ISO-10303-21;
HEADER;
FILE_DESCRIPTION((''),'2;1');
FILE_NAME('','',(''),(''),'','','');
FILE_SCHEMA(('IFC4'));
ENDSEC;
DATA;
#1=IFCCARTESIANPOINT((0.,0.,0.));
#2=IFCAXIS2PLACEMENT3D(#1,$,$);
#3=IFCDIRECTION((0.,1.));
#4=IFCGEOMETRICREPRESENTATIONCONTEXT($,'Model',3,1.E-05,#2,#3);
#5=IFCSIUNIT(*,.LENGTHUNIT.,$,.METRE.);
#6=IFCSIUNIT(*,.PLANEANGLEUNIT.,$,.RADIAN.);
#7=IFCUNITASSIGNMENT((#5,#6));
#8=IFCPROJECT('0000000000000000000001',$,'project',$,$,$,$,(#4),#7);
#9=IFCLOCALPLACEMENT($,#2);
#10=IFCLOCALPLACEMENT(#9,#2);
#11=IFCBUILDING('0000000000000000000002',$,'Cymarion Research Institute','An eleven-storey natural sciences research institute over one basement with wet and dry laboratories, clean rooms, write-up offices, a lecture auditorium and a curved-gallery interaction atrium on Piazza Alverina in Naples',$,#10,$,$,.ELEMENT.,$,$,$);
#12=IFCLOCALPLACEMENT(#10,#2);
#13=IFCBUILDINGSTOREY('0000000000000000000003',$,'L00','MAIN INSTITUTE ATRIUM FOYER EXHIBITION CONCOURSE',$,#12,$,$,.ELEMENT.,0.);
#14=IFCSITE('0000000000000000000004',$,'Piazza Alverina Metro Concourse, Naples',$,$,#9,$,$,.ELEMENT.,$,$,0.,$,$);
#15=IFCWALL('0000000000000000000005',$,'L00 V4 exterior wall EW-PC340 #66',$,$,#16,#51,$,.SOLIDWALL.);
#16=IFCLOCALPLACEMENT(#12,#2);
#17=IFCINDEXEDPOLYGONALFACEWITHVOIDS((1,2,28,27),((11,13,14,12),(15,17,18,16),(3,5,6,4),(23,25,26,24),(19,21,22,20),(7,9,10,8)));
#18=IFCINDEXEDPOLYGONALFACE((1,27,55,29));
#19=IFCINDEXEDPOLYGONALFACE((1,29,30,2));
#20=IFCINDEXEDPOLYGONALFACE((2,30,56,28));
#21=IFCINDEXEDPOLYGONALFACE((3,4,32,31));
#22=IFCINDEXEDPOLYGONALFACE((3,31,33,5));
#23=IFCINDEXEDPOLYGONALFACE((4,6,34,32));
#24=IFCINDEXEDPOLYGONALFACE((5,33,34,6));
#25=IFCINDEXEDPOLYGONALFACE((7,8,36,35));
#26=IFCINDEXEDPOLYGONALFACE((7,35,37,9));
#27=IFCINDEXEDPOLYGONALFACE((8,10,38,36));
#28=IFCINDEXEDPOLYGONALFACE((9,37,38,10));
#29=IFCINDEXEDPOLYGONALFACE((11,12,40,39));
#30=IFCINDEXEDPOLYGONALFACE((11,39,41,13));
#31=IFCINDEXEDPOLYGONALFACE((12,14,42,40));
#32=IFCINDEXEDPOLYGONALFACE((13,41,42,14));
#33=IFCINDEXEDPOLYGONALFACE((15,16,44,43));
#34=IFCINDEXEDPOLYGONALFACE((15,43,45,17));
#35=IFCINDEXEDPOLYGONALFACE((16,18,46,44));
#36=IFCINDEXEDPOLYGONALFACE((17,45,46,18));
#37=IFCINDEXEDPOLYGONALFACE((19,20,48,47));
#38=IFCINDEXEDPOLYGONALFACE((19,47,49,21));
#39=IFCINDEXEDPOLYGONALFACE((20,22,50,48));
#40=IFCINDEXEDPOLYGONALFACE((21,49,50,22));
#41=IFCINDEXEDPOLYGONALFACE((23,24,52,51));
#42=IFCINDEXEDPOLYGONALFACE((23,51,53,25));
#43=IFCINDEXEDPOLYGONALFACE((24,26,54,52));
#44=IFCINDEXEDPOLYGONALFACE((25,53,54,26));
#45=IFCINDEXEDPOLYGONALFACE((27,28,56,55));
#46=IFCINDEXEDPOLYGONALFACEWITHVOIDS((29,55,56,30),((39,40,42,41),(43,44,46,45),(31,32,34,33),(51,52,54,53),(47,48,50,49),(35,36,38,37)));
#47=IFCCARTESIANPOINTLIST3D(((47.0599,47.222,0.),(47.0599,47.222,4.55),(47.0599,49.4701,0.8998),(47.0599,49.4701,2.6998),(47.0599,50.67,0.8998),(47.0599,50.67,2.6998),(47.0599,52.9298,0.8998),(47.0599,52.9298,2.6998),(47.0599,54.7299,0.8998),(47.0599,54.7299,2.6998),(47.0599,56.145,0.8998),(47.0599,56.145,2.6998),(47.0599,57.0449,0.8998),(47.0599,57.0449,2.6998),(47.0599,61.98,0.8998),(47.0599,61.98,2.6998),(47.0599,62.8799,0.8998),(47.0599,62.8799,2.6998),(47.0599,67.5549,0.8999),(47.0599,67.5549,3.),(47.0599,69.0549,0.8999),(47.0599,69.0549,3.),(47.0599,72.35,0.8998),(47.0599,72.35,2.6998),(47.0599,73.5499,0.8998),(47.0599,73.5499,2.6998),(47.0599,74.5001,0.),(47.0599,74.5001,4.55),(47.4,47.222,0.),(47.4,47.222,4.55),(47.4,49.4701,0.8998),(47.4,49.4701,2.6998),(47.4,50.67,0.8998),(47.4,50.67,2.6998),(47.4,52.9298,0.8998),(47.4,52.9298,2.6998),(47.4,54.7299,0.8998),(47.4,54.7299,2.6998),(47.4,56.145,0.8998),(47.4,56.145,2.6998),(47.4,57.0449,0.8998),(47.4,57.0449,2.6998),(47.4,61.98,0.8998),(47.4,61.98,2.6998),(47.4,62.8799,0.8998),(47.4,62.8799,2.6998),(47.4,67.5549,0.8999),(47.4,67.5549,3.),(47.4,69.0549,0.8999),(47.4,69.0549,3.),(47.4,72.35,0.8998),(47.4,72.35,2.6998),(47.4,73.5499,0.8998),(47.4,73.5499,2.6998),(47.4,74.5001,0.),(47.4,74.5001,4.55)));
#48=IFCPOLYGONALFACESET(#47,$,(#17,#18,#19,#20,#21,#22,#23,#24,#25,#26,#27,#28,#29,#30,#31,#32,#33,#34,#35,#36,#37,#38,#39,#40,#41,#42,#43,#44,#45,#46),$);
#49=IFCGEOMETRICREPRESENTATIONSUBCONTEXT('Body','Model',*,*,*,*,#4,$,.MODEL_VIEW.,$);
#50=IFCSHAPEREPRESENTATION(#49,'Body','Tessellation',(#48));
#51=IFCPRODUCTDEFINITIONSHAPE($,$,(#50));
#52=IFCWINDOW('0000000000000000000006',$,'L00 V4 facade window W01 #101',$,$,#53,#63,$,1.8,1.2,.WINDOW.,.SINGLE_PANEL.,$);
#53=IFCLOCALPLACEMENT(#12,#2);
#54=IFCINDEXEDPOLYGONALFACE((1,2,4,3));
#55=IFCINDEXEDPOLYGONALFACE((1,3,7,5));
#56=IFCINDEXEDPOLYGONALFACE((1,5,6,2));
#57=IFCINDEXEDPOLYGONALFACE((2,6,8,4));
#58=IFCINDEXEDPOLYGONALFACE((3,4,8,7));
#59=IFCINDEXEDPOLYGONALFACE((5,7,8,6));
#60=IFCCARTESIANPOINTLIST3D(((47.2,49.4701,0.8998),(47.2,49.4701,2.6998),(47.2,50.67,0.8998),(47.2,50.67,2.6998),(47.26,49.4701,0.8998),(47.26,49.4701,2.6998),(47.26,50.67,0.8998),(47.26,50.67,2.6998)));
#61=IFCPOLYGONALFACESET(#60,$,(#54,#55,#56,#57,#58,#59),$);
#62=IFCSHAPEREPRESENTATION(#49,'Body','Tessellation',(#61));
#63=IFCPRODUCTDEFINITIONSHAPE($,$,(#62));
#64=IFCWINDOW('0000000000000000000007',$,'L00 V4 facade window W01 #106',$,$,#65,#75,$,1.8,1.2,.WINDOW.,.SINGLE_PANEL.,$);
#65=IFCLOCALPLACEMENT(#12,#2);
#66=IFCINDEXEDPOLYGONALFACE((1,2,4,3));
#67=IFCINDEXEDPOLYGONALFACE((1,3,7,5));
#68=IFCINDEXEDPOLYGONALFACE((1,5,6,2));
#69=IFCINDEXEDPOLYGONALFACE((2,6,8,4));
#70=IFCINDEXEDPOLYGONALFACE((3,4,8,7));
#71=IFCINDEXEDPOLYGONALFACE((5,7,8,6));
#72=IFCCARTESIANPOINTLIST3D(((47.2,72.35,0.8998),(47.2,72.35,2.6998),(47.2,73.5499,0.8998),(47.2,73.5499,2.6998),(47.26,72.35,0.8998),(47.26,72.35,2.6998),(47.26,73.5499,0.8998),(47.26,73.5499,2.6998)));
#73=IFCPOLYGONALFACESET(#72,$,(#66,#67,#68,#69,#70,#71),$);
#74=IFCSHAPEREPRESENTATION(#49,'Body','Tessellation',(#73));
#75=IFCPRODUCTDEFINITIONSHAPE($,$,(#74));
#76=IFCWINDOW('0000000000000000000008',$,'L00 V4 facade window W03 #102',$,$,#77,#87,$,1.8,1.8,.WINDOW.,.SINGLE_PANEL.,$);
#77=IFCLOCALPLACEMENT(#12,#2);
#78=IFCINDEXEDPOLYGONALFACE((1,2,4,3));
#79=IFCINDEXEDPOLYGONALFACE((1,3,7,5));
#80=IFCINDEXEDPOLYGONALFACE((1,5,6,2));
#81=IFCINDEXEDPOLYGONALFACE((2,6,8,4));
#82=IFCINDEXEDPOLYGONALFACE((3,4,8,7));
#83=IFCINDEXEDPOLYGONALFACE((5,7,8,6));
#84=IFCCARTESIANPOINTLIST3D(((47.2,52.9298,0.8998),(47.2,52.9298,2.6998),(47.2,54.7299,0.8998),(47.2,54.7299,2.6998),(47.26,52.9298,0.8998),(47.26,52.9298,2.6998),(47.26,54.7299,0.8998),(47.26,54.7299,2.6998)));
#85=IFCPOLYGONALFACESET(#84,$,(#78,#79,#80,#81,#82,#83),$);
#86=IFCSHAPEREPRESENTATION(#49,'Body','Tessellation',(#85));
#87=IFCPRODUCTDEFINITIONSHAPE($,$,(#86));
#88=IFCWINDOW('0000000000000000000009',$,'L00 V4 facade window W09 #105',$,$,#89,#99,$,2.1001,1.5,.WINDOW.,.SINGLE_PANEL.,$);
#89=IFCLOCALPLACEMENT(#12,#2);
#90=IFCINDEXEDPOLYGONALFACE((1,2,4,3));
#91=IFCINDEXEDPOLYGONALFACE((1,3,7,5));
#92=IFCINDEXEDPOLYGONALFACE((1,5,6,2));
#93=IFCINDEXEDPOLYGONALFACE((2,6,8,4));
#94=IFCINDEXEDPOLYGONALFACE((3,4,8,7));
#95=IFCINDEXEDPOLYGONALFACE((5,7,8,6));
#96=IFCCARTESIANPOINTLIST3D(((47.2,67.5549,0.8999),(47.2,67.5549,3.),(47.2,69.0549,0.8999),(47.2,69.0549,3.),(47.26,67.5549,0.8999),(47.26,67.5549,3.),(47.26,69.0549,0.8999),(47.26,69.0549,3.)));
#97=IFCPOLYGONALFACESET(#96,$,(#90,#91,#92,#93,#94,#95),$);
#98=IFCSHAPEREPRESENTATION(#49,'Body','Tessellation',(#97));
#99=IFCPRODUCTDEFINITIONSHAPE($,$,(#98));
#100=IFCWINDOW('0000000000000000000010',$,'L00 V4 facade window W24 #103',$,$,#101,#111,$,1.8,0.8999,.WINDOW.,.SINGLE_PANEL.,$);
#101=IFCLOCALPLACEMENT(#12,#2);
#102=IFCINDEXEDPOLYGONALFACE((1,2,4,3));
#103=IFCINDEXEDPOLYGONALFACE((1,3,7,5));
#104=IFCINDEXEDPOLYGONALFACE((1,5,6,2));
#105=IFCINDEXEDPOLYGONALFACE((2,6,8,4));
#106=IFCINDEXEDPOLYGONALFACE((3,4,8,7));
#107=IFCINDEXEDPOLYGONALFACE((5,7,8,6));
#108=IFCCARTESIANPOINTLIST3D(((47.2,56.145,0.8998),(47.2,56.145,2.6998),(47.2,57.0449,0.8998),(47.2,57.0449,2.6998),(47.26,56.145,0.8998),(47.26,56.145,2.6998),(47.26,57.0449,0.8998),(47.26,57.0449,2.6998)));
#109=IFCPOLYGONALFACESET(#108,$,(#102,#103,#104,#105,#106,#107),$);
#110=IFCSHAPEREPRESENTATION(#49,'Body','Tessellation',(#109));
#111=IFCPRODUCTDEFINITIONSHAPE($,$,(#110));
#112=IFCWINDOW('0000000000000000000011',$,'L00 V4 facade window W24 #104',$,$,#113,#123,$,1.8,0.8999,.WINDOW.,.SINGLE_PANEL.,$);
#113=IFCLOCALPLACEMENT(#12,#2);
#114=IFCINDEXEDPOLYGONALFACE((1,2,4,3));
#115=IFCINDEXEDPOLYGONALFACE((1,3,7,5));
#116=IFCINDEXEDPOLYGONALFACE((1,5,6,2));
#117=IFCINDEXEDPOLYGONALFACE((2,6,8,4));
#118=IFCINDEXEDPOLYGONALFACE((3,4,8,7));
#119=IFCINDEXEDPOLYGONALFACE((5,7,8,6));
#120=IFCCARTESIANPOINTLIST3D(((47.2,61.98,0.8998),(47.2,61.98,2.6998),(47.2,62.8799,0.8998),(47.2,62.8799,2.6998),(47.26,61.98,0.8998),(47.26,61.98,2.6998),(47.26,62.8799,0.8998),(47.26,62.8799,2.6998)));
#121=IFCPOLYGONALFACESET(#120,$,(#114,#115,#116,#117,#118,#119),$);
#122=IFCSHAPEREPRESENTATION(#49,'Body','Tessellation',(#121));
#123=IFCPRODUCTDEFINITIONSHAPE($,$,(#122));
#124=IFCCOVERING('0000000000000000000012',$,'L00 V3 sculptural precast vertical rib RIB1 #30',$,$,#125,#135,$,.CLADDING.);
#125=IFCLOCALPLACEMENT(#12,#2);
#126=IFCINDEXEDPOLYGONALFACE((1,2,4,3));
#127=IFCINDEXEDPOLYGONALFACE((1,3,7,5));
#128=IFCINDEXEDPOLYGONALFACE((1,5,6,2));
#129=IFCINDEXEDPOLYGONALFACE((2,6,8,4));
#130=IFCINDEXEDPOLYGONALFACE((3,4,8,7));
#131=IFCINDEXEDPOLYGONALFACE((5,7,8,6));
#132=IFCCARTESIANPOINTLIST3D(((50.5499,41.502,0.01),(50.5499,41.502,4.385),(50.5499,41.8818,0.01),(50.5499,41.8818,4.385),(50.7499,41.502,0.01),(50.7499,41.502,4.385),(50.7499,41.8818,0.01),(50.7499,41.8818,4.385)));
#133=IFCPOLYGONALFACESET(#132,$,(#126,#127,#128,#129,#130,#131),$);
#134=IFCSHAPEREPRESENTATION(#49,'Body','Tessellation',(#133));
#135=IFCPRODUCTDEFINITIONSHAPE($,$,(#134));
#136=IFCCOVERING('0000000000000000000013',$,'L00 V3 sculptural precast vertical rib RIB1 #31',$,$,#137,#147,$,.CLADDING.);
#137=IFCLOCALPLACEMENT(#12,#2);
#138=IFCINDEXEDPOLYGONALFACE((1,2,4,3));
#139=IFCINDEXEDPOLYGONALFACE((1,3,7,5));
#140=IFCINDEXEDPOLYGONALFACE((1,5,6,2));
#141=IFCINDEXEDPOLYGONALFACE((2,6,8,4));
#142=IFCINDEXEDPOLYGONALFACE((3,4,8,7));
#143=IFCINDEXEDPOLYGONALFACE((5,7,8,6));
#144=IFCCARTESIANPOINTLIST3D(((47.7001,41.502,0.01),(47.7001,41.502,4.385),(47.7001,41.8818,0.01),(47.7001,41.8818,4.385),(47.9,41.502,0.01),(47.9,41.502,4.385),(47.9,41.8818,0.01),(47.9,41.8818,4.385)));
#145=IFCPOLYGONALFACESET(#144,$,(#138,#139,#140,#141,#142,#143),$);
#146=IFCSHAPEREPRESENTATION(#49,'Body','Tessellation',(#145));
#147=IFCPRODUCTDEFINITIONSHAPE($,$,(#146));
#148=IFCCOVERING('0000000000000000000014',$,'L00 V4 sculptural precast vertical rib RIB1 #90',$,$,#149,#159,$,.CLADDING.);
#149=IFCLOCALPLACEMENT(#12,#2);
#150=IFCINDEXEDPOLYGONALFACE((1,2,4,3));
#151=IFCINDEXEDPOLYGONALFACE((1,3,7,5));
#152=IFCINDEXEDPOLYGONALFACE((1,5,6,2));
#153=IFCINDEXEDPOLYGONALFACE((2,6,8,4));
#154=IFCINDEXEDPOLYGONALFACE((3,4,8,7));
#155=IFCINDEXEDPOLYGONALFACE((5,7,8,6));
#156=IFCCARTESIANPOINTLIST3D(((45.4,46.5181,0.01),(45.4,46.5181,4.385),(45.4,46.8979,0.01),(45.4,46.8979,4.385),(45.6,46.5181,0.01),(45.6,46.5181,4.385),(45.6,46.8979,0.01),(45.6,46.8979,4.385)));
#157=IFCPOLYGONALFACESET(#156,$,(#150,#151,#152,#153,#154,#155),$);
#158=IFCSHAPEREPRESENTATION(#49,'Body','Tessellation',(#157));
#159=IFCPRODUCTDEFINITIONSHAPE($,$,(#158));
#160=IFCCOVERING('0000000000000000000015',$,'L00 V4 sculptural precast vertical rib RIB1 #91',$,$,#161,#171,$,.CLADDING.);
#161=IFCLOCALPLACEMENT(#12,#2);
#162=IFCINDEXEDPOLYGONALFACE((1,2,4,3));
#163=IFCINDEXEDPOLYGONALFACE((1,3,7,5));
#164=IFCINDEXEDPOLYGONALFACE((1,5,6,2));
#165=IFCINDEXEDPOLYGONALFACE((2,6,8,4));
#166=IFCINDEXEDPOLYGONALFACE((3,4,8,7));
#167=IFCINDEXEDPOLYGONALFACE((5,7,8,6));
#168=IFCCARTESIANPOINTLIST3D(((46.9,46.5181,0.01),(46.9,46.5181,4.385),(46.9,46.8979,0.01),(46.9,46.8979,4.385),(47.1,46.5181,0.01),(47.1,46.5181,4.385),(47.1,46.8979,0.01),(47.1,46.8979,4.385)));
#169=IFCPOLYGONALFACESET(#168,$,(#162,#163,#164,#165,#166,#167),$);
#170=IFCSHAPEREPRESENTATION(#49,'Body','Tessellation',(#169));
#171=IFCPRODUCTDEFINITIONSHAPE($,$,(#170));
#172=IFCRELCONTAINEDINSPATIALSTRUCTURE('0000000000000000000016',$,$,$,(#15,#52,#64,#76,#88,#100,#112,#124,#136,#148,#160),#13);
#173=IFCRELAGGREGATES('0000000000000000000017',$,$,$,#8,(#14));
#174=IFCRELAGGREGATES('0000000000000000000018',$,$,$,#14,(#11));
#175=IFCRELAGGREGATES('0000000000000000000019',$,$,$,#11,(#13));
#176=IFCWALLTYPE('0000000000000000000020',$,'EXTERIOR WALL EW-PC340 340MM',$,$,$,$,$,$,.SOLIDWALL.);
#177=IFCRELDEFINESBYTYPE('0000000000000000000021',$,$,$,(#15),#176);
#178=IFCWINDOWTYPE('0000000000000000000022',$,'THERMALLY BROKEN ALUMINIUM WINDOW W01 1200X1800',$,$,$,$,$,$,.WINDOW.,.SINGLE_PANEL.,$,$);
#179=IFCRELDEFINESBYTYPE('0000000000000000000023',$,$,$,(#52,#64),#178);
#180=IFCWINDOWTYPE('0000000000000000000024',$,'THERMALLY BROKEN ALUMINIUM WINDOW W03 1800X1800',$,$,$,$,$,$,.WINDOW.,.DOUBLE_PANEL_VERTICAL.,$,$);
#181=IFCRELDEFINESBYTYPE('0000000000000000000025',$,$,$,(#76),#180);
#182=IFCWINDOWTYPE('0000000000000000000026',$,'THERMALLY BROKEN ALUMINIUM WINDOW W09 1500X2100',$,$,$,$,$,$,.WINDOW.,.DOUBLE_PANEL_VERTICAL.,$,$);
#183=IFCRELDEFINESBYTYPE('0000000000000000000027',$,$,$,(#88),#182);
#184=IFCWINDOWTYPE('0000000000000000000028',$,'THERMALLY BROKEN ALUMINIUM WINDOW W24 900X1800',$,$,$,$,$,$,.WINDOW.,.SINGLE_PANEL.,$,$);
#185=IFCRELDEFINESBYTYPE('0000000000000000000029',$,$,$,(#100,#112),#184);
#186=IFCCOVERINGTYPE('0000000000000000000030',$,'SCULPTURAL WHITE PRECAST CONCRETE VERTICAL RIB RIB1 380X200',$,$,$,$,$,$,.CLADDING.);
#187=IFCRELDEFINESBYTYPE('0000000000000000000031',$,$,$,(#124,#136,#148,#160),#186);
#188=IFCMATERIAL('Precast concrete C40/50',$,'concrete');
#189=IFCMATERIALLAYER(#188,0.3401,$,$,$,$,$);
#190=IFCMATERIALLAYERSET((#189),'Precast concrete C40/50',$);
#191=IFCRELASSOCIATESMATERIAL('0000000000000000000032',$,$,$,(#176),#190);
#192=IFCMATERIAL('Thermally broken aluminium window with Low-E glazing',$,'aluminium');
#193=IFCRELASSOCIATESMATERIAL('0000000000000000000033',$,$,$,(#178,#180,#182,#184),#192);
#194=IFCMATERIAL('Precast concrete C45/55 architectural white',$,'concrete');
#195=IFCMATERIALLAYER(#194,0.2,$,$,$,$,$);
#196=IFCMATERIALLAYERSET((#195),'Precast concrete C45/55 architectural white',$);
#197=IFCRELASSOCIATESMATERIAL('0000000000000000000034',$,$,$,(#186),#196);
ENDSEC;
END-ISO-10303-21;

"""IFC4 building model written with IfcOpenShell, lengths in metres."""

from ifc_helpers import new_model, si_unit, direction, frame, frame_2d, origin, origin_2d, place, context, subcontext, project, spatial, rectangle, extrude, material, layer, layer_set, type_object, element, fill, save


model = new_model("IFC4")

# Units and contexts
model_context = context("Model", 3, precision=1e-05, world=origin(), true_north=direction((0.0, 1.0)))
body_context = subcontext(model_context, "Body", "Model", "MODEL_VIEW")
ifc_project = project(units=[si_unit("LENGTHUNIT", "METRE"), si_unit("PLANEANGLEUNIT", "RADIAN")], contexts=[model_context])

# Site, building, storey
site_placement = place(None, origin())
site = spatial("IfcSite", under=ifc_project, at=site_placement, Name="Piazza Alverina Metro Concourse, Naples", CompositionType="ELEMENT", RefElevation=0.0)
building_placement = place(site_placement, origin())
building = spatial("IfcBuilding", under=site, at=building_placement, Name="Cymarion Research Institute", Description="An eleven-storey natural sciences research institute over one basement with wet and dry laboratories, clean rooms, write-up offices, a lecture auditorium and a curved-gallery interaction atrium on Piazza Alverina in Naples", CompositionType="ELEMENT")
storey_placement = place(building_placement, origin())
storey = spatial("IfcBuildingStorey", under=building, at=storey_placement, Name="L00", Description="MAIN INSTITUTE ATRIUM FOYER EXHIBITION CONCOURSE", CompositionType="ELEMENT", Elevation=0.0)

# Wall, openings, windows
ifc_material_1 = material(Name="Precast concrete C40/50", Category="concrete")
ifc_layer_1 = layer(ifc_material_1, 0.3401)
ifc_layer_set_1 = layer_set([ifc_layer_1], Name="Precast concrete C40/50")
wall_type = type_object("IfcWallType", Name="EXTERIOR WALL EW-PC340 340MM", PredefinedType="SOLIDWALL", material=ifc_layer_set_1)
wall_placement = place(storey_placement, frame((47.23, 47.2219, 0.0), z_axis=(0.0, 0.0, 1.0), x_axis=(0.0, 1.0, 0.0)))
wall = element("IfcWall", 1, at=wall_placement, inside=storey, type_object=wall_type, Name="L00 V4 exterior wall EW-PC340 #66", PredefinedType="SOLIDWALL", context=body_context, shape_type="SweptSolid", body=[
    extrude(rectangle(XDim=27.2781, YDim=0.3401, at=frame_2d((13.6392, 0.0))), origin(), (0.0, 0.0, 1.0), 4.55),
])
opening_1_placement = place(wall_placement, frame((2.248, 0.0, 0.8999)))
opening_1 = element("IfcOpeningElement", 2, at=opening_1_placement, cuts=wall, PredefinedType="OPENING", context=body_context, shape_type="SweptSolid", body=[
    extrude(rectangle(XDim=1.2, YDim=1.8, at=frame_2d((0.6001, 0.8999))), frame((0.0, 0.1799, 0.0), z_axis=(0.0, -1.0, 0.0), x_axis=(1.0, 0.0, 0.0)), (0.0, 0.0, 1.0), 0.3601),
])
opening_2_placement = place(wall_placement, frame((5.708, 0.0, 0.8999)))
opening_2 = element("IfcOpeningElement", 3, at=opening_2_placement, cuts=wall, PredefinedType="OPENING", context=body_context, shape_type="SweptSolid", body=[
    extrude(rectangle(XDim=1.8, YDim=1.8, at=frame_2d((0.8999, 0.8999))), frame((0.0, 0.1799, 0.0), z_axis=(0.0, -1.0, 0.0), x_axis=(1.0, 0.0, 0.0)), (0.0, 0.0, 1.0), 0.3601),
])
opening_3_placement = place(wall_placement, frame((8.9231, 0.0, 0.8999)))
opening_3 = element("IfcOpeningElement", 4, at=opening_3_placement, cuts=wall, PredefinedType="OPENING", context=body_context, shape_type="SweptSolid", body=[
    extrude(rectangle(XDim=0.8999, YDim=1.8, at=frame_2d((0.45, 0.8999))), frame((0.0, 0.1799, 0.0), z_axis=(0.0, -1.0, 0.0), x_axis=(1.0, 0.0, 0.0)), (0.0, 0.0, 1.0), 0.3601),
])
opening_4_placement = place(wall_placement, frame((14.7581, 0.0, 0.8999)))
opening_4 = element("IfcOpeningElement", 5, at=opening_4_placement, cuts=wall, PredefinedType="OPENING", context=body_context, shape_type="SweptSolid", body=[
    extrude(rectangle(XDim=0.8999, YDim=1.8, at=frame_2d((0.45, 0.8999))), frame((0.0, 0.1799, 0.0), z_axis=(0.0, -1.0, 0.0), x_axis=(1.0, 0.0, 0.0)), (0.0, 0.0, 1.0), 0.3601),
])
opening_5_placement = place(wall_placement, frame((20.333, 0.0, 0.8999)))
opening_5 = element("IfcOpeningElement", 6, at=opening_5_placement, cuts=wall, PredefinedType="OPENING", context=body_context, shape_type="SweptSolid", body=[
    extrude(rectangle(XDim=1.5, YDim=2.1001, at=frame_2d((0.75, 1.05))), frame((0.0, 0.1799, 0.0), z_axis=(0.0, -1.0, 0.0), x_axis=(1.0, 0.0, 0.0)), (0.0, 0.0, 1.0), 0.3601),
])
opening_6_placement = place(wall_placement, frame((25.1279, 0.0, 0.8999)))
opening_6 = element("IfcOpeningElement", 7, at=opening_6_placement, cuts=wall, PredefinedType="OPENING", context=body_context, shape_type="SweptSolid", body=[
    extrude(rectangle(XDim=1.2, YDim=1.8, at=frame_2d((0.6001, 0.8999))), frame((0.0, 0.1799, 0.0), z_axis=(0.0, -1.0, 0.0), x_axis=(1.0, 0.0, 0.0)), (0.0, 0.0, 1.0), 0.3601),
])
ifc_material_2 = material(Name="Thermally broken aluminium window with Low-E glazing", Category="aluminium")
window_type_1 = type_object("IfcWindowType", Name="THERMALLY BROKEN ALUMINIUM WINDOW W01 1200X1800", PartitioningType="SINGLE_PANEL", PredefinedType="WINDOW", material=ifc_material_2)
window_1_placement = place(opening_1_placement, origin())
window_1 = element("IfcWindow", 8, at=window_1_placement, inside=storey, type_object=window_type_1, Name="L00 V4 facade window W01 #101", OverallHeight=1.8, OverallWidth=1.2, PartitioningType="SINGLE_PANEL", PredefinedType="WINDOW", context=body_context, shape_type="SweptSolid", body=[
    extrude(rectangle(XDim=1.2, YDim=1.8, at=frame_2d((0.6001, 0.8999))), frame((0.0, 0.03, 0.0), z_axis=(0.0, -1.0, 0.0), x_axis=(1.0, 0.0, 0.0)), (0.0, 0.0, 1.0), 0.0601),
])
fill(opening_1, window_1)
window_2_placement = place(opening_6_placement, origin())
window_2 = element("IfcWindow", 9, at=window_2_placement, inside=storey, type_object=window_type_1, Name="L00 V4 facade window W01 #106", OverallHeight=1.8, OverallWidth=1.2, PartitioningType="SINGLE_PANEL", PredefinedType="WINDOW", context=body_context, shape_type="SweptSolid", body=[
    extrude(rectangle(XDim=1.2, YDim=1.8, at=frame_2d((0.6001, 0.8999))), frame((0.0, 0.03, 0.0), z_axis=(0.0, -1.0, 0.0), x_axis=(1.0, 0.0, 0.0)), (0.0, 0.0, 1.0), 0.0601),
])
fill(opening_6, window_2)
window_type_2 = type_object("IfcWindowType", Name="THERMALLY BROKEN ALUMINIUM WINDOW W03 1800X1800", PartitioningType="DOUBLE_PANEL_VERTICAL", PredefinedType="WINDOW", material=ifc_material_2)
window_3_placement = place(opening_2_placement, origin())
window_3 = element("IfcWindow", 10, at=window_3_placement, inside=storey, type_object=window_type_2, Name="L00 V4 facade window W03 #102", OverallHeight=1.8, OverallWidth=1.8, PartitioningType="SINGLE_PANEL", PredefinedType="WINDOW", context=body_context, shape_type="SweptSolid", body=[
    extrude(rectangle(XDim=1.8, YDim=1.8, at=frame_2d((0.8999, 0.8999))), frame((0.0, 0.03, 0.0), z_axis=(0.0, -1.0, 0.0), x_axis=(1.0, 0.0, 0.0)), (0.0, 0.0, 1.0), 0.0601),
])
fill(opening_2, window_3)
window_type_3 = type_object("IfcWindowType", Name="THERMALLY BROKEN ALUMINIUM WINDOW W09 1500X2100", PartitioningType="DOUBLE_PANEL_VERTICAL", PredefinedType="WINDOW", material=ifc_material_2)
window_4_placement = place(opening_5_placement, origin())
window_4 = element("IfcWindow", 11, at=window_4_placement, inside=storey, type_object=window_type_3, Name="L00 V4 facade window W09 #105", OverallHeight=2.1001, OverallWidth=1.5, PartitioningType="SINGLE_PANEL", PredefinedType="WINDOW", context=body_context, shape_type="SweptSolid", body=[
    extrude(rectangle(XDim=1.5, YDim=2.1001, at=frame_2d((0.75, 1.05))), frame((0.0, 0.03, 0.0), z_axis=(0.0, -1.0, 0.0), x_axis=(1.0, 0.0, 0.0)), (0.0, 0.0, 1.0), 0.0601),
])
fill(opening_5, window_4)
window_type_4 = type_object("IfcWindowType", Name="THERMALLY BROKEN ALUMINIUM WINDOW W24 900X1800", PartitioningType="SINGLE_PANEL", PredefinedType="WINDOW", material=ifc_material_2)
window_5_placement = place(opening_3_placement, origin())
window_5 = element("IfcWindow", 12, at=window_5_placement, inside=storey, type_object=window_type_4, Name="L00 V4 facade window W24 #103", OverallHeight=1.8, OverallWidth=0.8999, PartitioningType="SINGLE_PANEL", PredefinedType="WINDOW", context=body_context, shape_type="SweptSolid", body=[
    extrude(rectangle(XDim=0.8999, YDim=1.8, at=frame_2d((0.45, 0.8999))), frame((0.0, 0.03, 0.0), z_axis=(0.0, -1.0, 0.0), x_axis=(1.0, 0.0, 0.0)), (0.0, 0.0, 1.0), 0.0601),
])
fill(opening_3, window_5)
window_6_placement = place(opening_4_placement, origin())
window_6 = element("IfcWindow", 13, at=window_6_placement, inside=storey, type_object=window_type_4, Name="L00 V4 facade window W24 #104", OverallHeight=1.8, OverallWidth=0.8999, PartitioningType="SINGLE_PANEL", PredefinedType="WINDOW", context=body_context, shape_type="SweptSolid", body=[
    extrude(rectangle(XDim=0.8999, YDim=1.8, at=frame_2d((0.45, 0.8999))), frame((0.0, 0.03, 0.0), z_axis=(0.0, -1.0, 0.0), x_axis=(1.0, 0.0, 0.0)), (0.0, 0.0, 1.0), 0.0601),
])
fill(opening_4, window_6)

# Coverings
ifc_material_3 = material(Name="Precast concrete C45/55 architectural white", Category="concrete")
ifc_layer_2 = layer(ifc_material_3, 0.2)
ifc_layer_set_2 = layer_set([ifc_layer_2], Name="Precast concrete C45/55 architectural white")
covering_type = type_object("IfcCoveringType", Name="SCULPTURAL WHITE PRECAST CONCRETE VERTICAL RIB RIB1 380X200", PredefinedType="CLADDING", material=ifc_layer_set_2)
for number, where, z_axis, x_axis, name in (
    (14, (50.6499, 41.6919, 0.01), (0.0, 0.0, 1.0), (0.0, 1.0, 0.0), "L00 V3 sculptural precast vertical rib RIB1 #30"),
    (15, (47.8, 41.6919, 0.01), (0.0, 0.0, 1.0), (0.0, 1.0, 0.0), "L00 V3 sculptural precast vertical rib RIB1 #31"),
    (16, (45.5, 46.708, 0.01), (0.0, 0.0, 1.0), (0.0, -1.0, 0.0), "L00 V4 sculptural precast vertical rib RIB1 #90"),
    (17, (47.0, 46.708, 0.01), (0.0, 0.0, 1.0), (0.0, -1.0, 0.0), "L00 V4 sculptural precast vertical rib RIB1 #91"),
):
    element("IfcCovering", number, at=place(storey_placement, frame(where, z_axis=z_axis, x_axis=x_axis)), inside=storey, type_object=covering_type, Name=name, PredefinedType="CLADDING", context=body_context, shape_type="SweptSolid", body=[
        extrude(rectangle(XDim=0.3799, YDim=0.2, at=origin_2d()), origin(), (0.0, 0.0, 1.0), 4.375),
    ])

save(model, "model.ifc")
